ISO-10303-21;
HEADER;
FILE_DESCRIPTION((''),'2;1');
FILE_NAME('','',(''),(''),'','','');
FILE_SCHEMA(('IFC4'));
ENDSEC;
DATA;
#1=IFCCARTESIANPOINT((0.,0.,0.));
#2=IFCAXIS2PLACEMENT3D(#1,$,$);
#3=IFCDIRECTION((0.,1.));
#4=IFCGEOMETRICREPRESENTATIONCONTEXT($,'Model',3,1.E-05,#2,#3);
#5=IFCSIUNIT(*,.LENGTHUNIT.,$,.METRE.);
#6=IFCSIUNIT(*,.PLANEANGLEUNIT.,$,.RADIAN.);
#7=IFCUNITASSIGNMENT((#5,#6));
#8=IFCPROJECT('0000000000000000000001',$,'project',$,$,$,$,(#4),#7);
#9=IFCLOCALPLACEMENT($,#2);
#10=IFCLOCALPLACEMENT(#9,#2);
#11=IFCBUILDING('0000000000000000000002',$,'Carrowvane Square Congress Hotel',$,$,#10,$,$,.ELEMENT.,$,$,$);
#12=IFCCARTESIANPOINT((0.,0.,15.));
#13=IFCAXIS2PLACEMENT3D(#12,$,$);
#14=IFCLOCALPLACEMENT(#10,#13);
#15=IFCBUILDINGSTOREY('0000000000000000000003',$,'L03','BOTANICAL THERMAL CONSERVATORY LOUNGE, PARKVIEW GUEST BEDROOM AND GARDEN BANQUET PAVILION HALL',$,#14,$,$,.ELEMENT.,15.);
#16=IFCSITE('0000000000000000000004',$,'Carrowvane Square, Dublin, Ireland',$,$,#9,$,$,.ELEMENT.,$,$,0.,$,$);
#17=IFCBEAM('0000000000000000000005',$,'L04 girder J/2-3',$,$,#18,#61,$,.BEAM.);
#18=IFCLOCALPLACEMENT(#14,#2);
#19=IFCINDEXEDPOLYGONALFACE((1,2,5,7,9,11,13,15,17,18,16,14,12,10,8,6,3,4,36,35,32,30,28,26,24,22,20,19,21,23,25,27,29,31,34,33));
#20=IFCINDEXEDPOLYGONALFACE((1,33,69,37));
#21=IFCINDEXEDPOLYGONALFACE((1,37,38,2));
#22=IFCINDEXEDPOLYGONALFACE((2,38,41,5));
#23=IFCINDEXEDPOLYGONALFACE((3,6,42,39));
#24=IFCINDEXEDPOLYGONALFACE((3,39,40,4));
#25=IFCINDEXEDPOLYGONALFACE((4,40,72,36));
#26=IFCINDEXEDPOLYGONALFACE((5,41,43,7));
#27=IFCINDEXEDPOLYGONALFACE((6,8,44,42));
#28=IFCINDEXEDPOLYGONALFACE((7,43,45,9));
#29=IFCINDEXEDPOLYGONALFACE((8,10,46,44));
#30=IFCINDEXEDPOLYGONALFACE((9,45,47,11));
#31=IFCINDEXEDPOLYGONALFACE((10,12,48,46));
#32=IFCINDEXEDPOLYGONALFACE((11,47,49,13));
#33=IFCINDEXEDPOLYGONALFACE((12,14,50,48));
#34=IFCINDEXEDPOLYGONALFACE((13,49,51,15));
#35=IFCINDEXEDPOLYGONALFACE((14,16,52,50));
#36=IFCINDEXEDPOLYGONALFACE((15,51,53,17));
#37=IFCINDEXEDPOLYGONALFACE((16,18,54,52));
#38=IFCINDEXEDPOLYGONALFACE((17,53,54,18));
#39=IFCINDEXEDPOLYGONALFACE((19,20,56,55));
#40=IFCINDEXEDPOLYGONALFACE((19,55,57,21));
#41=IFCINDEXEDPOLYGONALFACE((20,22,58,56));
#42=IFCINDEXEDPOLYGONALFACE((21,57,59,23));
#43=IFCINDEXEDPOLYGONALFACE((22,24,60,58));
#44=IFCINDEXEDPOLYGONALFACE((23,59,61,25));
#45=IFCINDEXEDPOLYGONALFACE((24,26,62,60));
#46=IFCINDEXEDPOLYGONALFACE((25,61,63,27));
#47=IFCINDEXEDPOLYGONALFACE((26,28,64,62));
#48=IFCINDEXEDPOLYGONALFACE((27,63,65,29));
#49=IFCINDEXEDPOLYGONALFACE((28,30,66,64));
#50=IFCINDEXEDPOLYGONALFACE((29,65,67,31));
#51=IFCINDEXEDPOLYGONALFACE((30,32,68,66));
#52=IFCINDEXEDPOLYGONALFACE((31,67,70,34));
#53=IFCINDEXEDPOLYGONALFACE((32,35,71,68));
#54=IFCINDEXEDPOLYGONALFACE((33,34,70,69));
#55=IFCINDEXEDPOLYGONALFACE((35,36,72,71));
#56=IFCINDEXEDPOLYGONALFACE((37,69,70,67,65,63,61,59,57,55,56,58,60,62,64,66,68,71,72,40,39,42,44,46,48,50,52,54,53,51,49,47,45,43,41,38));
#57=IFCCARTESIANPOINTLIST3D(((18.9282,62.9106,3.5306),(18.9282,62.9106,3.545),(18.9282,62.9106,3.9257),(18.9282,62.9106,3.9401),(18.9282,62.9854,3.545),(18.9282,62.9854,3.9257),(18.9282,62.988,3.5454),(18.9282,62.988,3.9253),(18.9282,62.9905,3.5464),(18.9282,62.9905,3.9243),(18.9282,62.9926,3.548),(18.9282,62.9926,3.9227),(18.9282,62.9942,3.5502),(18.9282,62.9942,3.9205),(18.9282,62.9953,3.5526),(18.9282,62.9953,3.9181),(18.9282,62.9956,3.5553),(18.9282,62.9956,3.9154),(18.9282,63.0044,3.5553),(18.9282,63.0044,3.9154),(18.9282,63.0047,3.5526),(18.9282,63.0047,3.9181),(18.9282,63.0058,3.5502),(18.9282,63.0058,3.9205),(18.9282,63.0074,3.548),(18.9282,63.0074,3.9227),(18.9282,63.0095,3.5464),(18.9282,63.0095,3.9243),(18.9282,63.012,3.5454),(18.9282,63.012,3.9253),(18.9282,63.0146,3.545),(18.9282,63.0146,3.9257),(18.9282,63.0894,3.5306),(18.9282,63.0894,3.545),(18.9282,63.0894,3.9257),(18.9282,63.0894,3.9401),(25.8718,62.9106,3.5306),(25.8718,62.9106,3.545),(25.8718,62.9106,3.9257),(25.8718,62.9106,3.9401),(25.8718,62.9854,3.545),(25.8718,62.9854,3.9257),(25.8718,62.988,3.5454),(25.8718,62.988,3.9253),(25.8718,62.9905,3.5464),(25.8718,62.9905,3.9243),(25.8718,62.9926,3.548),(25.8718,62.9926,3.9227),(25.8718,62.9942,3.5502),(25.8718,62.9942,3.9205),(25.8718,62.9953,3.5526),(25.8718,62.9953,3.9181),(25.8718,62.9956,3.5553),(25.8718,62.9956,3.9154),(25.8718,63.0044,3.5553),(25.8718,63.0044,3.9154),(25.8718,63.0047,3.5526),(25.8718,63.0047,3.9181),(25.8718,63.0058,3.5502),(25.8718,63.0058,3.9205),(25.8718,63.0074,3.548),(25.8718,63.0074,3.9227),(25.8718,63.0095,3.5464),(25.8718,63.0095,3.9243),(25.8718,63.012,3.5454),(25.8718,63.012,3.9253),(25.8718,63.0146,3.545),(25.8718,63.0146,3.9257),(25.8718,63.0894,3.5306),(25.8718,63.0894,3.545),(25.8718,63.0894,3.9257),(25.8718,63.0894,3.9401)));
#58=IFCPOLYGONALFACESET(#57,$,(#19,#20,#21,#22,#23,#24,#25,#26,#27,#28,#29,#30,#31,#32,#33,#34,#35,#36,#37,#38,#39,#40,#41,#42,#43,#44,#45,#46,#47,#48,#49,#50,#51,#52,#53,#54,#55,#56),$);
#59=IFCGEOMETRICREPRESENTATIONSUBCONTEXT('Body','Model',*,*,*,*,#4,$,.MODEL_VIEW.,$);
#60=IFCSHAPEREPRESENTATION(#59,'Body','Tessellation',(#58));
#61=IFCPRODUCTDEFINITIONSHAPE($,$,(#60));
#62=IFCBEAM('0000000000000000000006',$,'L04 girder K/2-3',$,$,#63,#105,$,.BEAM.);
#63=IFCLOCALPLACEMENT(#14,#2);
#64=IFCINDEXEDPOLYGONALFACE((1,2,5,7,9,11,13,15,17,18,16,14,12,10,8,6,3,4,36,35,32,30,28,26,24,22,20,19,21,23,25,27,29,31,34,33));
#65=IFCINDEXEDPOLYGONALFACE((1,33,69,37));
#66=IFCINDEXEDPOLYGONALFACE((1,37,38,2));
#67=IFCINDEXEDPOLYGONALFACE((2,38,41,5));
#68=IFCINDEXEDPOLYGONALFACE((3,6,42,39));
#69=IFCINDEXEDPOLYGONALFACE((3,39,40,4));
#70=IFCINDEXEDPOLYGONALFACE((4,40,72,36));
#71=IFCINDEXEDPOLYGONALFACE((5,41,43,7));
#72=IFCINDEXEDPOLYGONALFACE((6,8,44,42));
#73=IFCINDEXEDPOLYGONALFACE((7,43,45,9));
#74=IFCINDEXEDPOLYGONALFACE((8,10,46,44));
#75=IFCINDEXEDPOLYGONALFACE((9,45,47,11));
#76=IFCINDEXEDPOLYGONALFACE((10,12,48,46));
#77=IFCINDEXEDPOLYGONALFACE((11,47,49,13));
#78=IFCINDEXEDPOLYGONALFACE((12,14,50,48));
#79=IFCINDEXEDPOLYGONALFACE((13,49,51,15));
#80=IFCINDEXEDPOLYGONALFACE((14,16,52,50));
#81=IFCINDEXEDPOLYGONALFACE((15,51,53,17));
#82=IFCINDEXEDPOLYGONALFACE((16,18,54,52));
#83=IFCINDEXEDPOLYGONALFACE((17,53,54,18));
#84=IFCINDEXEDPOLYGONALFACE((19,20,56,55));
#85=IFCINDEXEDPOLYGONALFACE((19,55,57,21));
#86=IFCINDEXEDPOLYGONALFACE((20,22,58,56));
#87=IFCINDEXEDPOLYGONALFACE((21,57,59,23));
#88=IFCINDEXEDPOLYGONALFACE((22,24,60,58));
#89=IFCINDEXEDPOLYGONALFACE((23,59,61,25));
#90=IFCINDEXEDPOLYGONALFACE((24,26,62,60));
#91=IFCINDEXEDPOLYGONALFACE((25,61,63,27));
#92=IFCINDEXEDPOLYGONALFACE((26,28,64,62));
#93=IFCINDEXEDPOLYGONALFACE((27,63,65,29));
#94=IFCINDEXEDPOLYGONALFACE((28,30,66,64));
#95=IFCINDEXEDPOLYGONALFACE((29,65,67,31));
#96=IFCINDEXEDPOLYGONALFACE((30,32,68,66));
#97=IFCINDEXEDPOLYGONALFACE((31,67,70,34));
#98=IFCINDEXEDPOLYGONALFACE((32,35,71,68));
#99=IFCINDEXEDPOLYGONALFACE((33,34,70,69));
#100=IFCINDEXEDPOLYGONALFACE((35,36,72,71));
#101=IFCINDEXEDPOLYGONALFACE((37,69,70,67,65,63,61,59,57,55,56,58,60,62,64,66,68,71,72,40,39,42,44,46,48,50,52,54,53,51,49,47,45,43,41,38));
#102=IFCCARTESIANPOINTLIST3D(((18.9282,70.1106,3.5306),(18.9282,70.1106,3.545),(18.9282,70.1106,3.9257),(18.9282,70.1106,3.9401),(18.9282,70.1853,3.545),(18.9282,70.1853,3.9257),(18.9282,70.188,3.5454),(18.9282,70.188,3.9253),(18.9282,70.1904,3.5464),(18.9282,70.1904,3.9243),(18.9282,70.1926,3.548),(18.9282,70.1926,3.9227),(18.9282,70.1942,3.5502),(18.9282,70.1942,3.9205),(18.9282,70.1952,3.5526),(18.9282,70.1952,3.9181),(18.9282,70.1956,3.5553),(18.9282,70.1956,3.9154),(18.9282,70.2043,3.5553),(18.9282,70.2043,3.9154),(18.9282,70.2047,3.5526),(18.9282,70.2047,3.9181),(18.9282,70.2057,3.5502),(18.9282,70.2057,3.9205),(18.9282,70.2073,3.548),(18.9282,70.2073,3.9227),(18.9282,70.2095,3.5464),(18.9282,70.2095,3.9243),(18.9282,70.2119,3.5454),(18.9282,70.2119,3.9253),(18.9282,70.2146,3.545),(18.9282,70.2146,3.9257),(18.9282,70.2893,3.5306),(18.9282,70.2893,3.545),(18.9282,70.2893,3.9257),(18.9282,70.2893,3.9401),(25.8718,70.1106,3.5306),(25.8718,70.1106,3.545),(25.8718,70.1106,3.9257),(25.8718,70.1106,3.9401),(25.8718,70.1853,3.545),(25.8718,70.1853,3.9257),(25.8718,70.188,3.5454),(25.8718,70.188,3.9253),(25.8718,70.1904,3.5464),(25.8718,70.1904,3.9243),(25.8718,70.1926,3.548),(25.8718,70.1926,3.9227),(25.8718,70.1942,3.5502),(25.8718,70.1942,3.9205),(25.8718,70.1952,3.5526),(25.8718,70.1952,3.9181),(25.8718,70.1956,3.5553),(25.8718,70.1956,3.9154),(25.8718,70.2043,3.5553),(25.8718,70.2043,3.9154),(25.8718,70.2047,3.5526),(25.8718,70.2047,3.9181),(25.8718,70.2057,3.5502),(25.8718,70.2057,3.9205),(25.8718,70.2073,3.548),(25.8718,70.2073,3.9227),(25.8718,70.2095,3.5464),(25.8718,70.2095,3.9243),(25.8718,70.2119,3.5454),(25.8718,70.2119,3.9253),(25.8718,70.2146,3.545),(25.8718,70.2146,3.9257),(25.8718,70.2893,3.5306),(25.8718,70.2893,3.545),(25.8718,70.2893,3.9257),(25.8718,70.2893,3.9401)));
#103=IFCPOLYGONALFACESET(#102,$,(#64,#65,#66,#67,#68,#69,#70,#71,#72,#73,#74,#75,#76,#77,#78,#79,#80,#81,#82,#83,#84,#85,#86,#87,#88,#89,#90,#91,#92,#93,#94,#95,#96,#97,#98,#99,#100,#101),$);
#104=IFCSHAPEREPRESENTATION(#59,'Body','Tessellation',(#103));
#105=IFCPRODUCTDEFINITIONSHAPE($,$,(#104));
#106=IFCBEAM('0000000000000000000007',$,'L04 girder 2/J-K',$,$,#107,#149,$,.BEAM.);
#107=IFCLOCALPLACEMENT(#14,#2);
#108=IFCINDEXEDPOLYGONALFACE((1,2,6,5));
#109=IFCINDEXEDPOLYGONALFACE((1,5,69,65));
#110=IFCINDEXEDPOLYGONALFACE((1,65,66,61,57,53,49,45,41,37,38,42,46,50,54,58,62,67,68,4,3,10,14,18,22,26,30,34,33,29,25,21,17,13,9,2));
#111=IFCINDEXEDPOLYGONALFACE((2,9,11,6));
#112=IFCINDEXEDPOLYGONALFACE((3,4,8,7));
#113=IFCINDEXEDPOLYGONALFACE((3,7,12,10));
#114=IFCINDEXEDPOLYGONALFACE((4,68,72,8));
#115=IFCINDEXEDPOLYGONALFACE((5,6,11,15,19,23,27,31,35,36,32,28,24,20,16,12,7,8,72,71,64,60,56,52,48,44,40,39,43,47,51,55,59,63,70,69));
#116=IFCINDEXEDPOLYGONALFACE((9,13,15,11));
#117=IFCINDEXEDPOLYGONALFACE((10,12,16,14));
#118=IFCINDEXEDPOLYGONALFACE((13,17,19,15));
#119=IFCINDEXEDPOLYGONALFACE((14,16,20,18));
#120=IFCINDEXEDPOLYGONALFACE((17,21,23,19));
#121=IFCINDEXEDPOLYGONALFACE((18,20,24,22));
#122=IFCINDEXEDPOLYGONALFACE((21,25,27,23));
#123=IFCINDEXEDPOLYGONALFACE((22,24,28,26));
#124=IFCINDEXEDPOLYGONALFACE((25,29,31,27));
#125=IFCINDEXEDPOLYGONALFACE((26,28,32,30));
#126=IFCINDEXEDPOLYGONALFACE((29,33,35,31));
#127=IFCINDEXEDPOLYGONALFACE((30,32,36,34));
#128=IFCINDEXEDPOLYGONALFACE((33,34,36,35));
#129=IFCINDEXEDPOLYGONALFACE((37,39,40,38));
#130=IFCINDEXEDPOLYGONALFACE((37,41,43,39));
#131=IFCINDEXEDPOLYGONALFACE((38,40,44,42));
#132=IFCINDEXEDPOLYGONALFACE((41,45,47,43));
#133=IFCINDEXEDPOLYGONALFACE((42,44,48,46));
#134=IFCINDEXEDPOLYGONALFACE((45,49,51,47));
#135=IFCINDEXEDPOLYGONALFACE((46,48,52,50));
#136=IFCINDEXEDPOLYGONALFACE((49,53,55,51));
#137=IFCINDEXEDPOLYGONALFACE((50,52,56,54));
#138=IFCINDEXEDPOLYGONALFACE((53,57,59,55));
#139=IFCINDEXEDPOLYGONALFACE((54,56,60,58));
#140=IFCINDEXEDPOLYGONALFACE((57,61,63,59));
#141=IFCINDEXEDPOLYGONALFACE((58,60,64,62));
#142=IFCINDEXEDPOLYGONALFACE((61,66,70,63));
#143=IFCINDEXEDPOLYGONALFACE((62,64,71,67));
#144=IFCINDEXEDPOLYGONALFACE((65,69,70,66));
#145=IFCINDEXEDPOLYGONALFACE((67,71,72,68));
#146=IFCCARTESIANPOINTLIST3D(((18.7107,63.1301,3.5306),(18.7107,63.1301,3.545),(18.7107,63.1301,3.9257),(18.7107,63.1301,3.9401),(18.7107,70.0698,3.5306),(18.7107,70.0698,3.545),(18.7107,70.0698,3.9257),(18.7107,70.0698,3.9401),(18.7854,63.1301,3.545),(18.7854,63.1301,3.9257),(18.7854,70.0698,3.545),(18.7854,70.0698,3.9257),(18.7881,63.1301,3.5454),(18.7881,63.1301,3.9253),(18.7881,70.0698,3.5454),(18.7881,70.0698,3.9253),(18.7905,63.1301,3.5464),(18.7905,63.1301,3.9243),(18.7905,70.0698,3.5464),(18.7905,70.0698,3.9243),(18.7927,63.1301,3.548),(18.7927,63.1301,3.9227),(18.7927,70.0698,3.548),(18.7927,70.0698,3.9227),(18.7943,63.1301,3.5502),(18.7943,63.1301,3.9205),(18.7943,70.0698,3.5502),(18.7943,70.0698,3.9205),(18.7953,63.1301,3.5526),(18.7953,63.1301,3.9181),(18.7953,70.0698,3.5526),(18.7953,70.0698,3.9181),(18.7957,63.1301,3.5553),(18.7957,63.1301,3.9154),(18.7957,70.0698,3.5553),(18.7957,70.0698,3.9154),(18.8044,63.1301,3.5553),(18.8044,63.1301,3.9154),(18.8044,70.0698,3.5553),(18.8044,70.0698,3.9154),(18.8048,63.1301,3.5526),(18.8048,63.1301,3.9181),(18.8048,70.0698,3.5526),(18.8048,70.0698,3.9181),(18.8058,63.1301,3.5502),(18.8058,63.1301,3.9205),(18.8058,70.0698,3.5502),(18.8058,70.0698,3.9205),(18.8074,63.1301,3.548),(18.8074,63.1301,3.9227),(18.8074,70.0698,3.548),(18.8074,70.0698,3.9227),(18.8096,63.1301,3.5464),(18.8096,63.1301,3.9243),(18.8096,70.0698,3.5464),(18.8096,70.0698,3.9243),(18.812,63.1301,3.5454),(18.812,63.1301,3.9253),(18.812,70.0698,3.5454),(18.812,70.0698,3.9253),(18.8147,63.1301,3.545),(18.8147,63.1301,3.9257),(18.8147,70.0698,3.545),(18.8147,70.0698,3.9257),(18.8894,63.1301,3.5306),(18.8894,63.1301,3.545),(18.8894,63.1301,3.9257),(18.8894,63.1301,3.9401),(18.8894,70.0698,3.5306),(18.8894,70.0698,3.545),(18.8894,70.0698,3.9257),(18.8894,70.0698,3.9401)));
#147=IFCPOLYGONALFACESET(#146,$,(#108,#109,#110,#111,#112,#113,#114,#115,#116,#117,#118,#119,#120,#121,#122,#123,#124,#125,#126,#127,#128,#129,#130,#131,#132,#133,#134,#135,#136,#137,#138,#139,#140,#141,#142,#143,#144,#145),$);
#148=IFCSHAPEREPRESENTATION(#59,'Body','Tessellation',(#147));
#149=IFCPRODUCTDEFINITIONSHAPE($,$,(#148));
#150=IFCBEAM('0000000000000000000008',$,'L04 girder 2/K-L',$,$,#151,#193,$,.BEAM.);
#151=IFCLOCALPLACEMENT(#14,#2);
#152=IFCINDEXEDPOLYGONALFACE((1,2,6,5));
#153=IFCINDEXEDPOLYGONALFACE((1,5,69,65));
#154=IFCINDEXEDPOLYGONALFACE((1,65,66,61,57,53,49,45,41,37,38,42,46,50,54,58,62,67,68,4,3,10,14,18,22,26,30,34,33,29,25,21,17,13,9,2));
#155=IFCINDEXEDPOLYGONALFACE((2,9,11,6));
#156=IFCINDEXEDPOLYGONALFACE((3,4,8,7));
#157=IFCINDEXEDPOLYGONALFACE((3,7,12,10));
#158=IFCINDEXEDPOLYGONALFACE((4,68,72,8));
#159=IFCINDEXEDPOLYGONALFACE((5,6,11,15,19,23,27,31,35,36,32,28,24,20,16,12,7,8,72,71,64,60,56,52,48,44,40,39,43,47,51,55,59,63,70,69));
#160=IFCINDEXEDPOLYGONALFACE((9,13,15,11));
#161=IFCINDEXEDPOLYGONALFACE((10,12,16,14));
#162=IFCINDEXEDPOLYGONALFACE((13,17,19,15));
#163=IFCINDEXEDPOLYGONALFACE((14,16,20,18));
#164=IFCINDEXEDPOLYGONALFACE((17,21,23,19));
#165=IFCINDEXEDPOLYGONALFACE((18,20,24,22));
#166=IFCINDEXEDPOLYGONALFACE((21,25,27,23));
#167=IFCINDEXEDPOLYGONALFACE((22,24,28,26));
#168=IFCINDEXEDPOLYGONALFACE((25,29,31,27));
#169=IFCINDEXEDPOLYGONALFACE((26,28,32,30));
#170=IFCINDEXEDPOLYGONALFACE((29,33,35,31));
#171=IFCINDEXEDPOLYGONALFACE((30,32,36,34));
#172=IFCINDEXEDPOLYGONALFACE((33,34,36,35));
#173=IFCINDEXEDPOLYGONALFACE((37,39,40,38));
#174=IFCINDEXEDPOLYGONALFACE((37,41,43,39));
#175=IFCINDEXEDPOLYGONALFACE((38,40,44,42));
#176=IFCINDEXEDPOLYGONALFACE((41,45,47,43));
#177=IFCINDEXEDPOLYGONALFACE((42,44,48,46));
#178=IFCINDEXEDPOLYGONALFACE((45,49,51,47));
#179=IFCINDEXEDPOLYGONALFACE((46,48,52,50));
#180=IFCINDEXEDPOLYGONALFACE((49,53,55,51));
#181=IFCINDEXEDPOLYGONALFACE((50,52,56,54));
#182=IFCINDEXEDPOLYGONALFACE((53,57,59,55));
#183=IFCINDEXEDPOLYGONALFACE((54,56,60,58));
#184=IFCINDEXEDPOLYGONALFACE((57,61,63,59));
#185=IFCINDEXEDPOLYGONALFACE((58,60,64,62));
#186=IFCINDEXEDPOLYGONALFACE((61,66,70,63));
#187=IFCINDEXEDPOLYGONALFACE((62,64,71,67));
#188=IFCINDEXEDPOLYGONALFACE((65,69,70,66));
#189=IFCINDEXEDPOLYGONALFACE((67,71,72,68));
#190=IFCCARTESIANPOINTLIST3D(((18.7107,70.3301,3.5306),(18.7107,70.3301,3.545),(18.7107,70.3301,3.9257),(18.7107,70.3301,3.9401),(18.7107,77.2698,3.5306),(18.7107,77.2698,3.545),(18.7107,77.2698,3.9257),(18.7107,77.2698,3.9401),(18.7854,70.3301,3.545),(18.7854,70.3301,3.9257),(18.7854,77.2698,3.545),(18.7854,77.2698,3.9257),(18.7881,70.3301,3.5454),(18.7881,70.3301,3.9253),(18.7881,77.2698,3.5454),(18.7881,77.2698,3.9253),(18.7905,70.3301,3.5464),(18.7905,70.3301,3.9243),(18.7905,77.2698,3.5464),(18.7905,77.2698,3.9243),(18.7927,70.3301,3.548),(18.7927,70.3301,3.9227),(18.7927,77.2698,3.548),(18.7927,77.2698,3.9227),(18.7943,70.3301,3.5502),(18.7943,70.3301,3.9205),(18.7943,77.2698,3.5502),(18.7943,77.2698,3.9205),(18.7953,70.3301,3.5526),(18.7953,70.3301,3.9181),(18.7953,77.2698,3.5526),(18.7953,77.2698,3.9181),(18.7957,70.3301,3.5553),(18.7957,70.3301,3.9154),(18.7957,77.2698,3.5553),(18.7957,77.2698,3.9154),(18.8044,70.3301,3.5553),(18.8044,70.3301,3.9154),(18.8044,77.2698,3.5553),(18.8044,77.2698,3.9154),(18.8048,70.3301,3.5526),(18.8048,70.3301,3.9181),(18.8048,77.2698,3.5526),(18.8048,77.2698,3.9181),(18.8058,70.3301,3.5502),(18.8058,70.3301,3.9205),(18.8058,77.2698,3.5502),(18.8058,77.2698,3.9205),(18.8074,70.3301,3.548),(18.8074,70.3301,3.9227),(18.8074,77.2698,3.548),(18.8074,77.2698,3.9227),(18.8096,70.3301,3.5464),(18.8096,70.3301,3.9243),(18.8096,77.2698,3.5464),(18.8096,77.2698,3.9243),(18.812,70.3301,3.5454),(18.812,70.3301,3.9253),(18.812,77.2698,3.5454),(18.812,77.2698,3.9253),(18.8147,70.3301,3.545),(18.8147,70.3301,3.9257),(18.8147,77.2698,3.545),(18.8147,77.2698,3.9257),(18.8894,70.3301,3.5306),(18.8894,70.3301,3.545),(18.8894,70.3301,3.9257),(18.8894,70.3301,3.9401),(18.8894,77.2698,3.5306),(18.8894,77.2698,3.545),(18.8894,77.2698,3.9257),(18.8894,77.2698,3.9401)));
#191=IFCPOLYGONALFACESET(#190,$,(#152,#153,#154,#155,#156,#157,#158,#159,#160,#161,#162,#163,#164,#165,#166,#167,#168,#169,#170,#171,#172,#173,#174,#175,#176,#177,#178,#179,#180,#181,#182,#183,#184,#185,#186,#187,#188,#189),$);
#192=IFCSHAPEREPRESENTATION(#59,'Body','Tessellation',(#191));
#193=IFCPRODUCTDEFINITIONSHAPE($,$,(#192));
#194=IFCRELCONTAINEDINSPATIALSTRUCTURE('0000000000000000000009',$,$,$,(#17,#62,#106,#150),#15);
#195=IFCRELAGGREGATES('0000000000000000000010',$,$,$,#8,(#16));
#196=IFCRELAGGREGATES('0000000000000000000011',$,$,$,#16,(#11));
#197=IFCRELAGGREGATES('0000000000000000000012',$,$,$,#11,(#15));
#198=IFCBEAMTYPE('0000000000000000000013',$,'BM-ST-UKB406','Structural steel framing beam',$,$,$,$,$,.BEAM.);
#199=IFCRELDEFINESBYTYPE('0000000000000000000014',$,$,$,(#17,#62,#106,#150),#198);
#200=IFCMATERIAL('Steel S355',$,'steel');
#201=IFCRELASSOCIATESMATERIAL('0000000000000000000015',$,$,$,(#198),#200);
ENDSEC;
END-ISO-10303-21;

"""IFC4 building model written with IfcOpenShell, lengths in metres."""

from ifc_helpers import new_model, si_unit, direction, frame, origin, origin_2d, place, context, subcontext, project, spatial, i_section, extrude, material, material_profile, profile_set, type_object, element, save


model = new_model("IFC4")

# Units and contexts
model_context = context("Model", 3, precision=1e-05, world=origin(), true_north=direction((0.0, 1.0)))
body_context = subcontext(model_context, "Body", "Model", "MODEL_VIEW")
ifc_project = project(units=[si_unit("LENGTHUNIT", "METRE"), si_unit("PLANEANGLEUNIT", "RADIAN")], contexts=[model_context])

# Site, building, storey
site_placement = place(None, origin())
site = spatial("IfcSite", under=ifc_project, at=site_placement, Name="Carrowvane Square, Dublin, Ireland", CompositionType="ELEMENT", RefElevation=0.0)
building_placement = place(site_placement, origin())
building = spatial("IfcBuilding", under=site, at=building_placement, Name="Carrowvane Square Congress Hotel", CompositionType="ELEMENT")
storey_placement = place(building_placement, frame((0.0, 0.0, 15.0)))
storey = spatial("IfcBuildingStorey", under=building, at=storey_placement, Name="L03", Description="BOTANICAL THERMAL CONSERVATORY LOUNGE, PARKVIEW GUEST BEDROOM AND GARDEN BANQUET PAVILION HALL", CompositionType="ELEMENT", Elevation=15.0)

# Beams
ifc_material_1 = material(Name="Steel S355", Category="steel")
ifc_material_profile_1 = material_profile(ifc_material_1, i_section(OverallWidth=0.1787, OverallDepth=0.4094, WebThickness=0.0088, FlangeThickness=0.0144, FilletRadius=0.0103, at=origin_2d()), Name="UKB 406x178x67")
ifc_profile_set_1 = profile_set([ifc_material_profile_1], Name="Steel S355")
beam_type_1 = type_object("IfcBeamType", Name="BM-ST-UKB406", Description="Structural steel framing beam", PredefinedType="BEAM", material=ifc_profile_set_1)
for number, where, z_axis, x_axis, name in (
    (1, (18.9282, 63.0, 3.7354), (1.0, 0.0, 0.0), (0.0, 1.0, 0.0), "L04 girder J/2-3"),
    (2, (18.9282, 70.2, 3.7354), (1.0, 0.0, 0.0), (0.0, 1.0, 0.0), "L04 girder K/2-3"),
):
    element("IfcBeam", number, at=place(storey_placement, frame(where, z_axis=z_axis, x_axis=x_axis)), inside=storey, type_object=beam_type_1, Name=name, PredefinedType="BEAM", context=body_context, shape_type="SweptSolid", body=[
        extrude(i_section(OverallWidth=0.1787, OverallDepth=0.4094, WebThickness=0.0088, FlangeThickness=0.0144, FilletRadius=0.0103, at=origin_2d()), origin(), (0.0, 0.0, 1.0), 6.9436),
    ])
for number, where, z_axis, x_axis, name in (
    (3, (18.8, 63.1301, 3.7354), (0.0, 1.0, 0.0), (-1.0, 0.0, 0.0), "L04 girder 2/J-K"),
    (4, (18.8, 70.3301, 3.7354), (0.0, 1.0, 0.0), (-1.0, 0.0, 0.0), "L04 girder 2/K-L"),
):
    element("IfcBeam", number, at=place(storey_placement, frame(where, z_axis=z_axis, x_axis=x_axis)), inside=storey, type_object=beam_type_1, Name=name, PredefinedType="BEAM", context=body_context, shape_type="SweptSolid", body=[
        extrude(i_section(OverallWidth=0.1787, OverallDepth=0.4094, WebThickness=0.0088, FlangeThickness=0.0144, FilletRadius=0.0103, at=origin_2d()), origin(), (0.0, 0.0, 1.0), 6.9397),
    ])

save(model, "model.ifc")
